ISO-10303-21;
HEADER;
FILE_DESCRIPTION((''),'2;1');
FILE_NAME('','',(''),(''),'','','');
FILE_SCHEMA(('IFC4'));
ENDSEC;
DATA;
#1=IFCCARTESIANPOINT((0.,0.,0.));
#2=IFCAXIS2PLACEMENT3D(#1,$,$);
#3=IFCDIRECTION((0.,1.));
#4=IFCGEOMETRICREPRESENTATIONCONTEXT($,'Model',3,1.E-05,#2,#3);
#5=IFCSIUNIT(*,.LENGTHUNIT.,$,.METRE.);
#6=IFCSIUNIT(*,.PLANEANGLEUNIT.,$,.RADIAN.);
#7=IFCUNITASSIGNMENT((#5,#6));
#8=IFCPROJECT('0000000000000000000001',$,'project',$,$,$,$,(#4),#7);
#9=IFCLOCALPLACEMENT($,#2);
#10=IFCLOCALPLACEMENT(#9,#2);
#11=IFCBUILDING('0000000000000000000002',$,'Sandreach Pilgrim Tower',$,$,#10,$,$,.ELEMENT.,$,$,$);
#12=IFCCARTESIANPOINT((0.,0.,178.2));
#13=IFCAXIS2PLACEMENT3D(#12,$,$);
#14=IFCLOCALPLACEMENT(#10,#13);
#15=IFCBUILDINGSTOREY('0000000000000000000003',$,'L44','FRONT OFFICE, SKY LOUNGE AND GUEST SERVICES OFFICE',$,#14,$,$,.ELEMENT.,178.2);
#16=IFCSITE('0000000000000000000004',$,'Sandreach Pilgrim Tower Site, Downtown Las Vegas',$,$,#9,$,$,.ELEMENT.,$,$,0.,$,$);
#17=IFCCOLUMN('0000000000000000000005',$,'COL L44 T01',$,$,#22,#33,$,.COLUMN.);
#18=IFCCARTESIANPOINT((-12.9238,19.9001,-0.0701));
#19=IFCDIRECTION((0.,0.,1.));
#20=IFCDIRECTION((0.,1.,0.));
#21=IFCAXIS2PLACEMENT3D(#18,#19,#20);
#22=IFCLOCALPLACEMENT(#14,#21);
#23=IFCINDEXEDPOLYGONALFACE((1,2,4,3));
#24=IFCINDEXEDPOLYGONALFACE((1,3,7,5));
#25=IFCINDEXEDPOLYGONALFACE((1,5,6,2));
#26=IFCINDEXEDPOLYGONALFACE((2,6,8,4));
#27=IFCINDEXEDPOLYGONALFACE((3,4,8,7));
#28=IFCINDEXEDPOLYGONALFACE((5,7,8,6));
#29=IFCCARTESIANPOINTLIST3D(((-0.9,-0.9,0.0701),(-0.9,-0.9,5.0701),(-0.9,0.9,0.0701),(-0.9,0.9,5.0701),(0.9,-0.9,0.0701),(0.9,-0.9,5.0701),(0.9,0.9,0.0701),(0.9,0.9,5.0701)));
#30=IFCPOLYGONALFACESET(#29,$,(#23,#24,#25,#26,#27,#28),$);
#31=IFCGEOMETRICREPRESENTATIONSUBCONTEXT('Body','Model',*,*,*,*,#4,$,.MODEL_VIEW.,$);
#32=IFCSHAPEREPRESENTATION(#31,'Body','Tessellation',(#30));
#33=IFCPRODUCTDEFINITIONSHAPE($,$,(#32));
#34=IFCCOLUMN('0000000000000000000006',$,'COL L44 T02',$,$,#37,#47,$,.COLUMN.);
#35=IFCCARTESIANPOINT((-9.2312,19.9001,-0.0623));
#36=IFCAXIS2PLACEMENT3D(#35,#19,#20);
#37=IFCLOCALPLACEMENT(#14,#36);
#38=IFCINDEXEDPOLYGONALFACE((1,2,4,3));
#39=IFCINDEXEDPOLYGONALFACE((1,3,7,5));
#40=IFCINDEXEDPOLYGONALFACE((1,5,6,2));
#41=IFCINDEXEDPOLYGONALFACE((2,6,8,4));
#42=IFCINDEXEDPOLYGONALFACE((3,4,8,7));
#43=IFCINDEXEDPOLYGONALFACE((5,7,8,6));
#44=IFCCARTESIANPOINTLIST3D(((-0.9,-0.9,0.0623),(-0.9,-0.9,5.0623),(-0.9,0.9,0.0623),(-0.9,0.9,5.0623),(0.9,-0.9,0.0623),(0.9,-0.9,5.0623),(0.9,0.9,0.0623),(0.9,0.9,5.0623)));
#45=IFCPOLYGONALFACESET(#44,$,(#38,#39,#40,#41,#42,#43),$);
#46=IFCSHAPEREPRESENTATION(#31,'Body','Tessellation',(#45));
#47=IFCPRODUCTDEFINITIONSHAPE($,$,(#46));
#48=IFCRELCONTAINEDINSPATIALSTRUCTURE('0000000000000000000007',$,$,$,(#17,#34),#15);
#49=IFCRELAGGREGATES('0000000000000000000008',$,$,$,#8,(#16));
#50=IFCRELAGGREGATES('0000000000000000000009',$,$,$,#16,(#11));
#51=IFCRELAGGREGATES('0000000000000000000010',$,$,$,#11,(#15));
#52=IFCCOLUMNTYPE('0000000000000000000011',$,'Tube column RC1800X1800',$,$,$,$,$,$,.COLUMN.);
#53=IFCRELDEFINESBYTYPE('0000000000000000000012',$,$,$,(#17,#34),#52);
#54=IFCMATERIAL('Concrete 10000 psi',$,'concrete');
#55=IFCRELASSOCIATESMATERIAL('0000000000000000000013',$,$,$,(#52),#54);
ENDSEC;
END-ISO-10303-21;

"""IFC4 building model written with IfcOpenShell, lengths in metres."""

from ifc_helpers import new_model, si_unit, direction, frame, origin, origin_2d, place, context, subcontext, project, spatial, rectangle, extrude, clip, halfspace, material, material_profile, profile_set, type_object, element, save


model = new_model("IFC4")

# Units and contexts
model_context = context("Model", 3, precision=1e-05, world=origin(), true_north=direction((0.0, 1.0)))
body_context = subcontext(model_context, "Body", "Model", "MODEL_VIEW")
ifc_project = project(units=[si_unit("LENGTHUNIT", "METRE"), si_unit("PLANEANGLEUNIT", "RADIAN")], contexts=[model_context])

# Site, building, storey
site_placement = place(None, origin())
site = spatial("IfcSite", under=ifc_project, at=site_placement, Name="Sandreach Pilgrim Tower Site, Downtown Las Vegas", CompositionType="ELEMENT", RefElevation=0.0)
building_placement = place(site_placement, origin())
building = spatial("IfcBuilding", under=site, at=building_placement, Name="Sandreach Pilgrim Tower", CompositionType="ELEMENT")
storey_placement = place(building_placement, frame((0.0, 0.0, 178.2)))
storey = spatial("IfcBuildingStorey", under=building, at=storey_placement, Name="L44", Description="FRONT OFFICE, SKY LOUNGE AND GUEST SERVICES OFFICE", CompositionType="ELEMENT", Elevation=178.2)

# Columns
ifc_material_1 = material(Name="Concrete 10000 psi", Category="concrete")
ifc_material_profile_1 = material_profile(ifc_material_1, rectangle(XDim=1.8, YDim=1.8, at=origin_2d()), Name="RC1800X1800")
ifc_profile_set_1 = profile_set([ifc_material_profile_1], Name="Concrete 10000 psi")
column_type = type_object("IfcColumnType", Name="Tube column RC1800X1800", PredefinedType="COLUMN", material=ifc_profile_set_1)
column_1_placement = place(storey_placement, frame((-12.9238, 19.9001, -0.0701), z_axis=(0.0, 0.0, 1.0), x_axis=(0.0, 1.0, 0.0)))
element("IfcColumn", 1, at=column_1_placement, inside=storey, type_object=column_type, Name="COL L44 T01", PredefinedType="COLUMN", context=body_context, shape_type="SweptSolid", body=[
    clip(extrude(rectangle(XDim=1.8, YDim=1.8, at=origin_2d()), origin(), (0.0, 0.0, 1.0), 5.0701), halfspace(frame((0.0, 0.0, 0.0701)), True)),
])
column_2_placement = place(storey_placement, frame((-9.2312, 19.9001, -0.0623), z_axis=(0.0, 0.0, 1.0), x_axis=(0.0, 1.0, 0.0)))
element("IfcColumn", 2, at=column_2_placement, inside=storey, type_object=column_type, Name="COL L44 T02", PredefinedType="COLUMN", context=body_context, shape_type="SweptSolid", body=[
    clip(extrude(rectangle(XDim=1.8, YDim=1.8, at=origin_2d()), origin(), (0.0, 0.0, 1.0), 5.0623), halfspace(frame((0.0, 0.0, 0.0623)), True)),
])

save(model, "model.ifc")
